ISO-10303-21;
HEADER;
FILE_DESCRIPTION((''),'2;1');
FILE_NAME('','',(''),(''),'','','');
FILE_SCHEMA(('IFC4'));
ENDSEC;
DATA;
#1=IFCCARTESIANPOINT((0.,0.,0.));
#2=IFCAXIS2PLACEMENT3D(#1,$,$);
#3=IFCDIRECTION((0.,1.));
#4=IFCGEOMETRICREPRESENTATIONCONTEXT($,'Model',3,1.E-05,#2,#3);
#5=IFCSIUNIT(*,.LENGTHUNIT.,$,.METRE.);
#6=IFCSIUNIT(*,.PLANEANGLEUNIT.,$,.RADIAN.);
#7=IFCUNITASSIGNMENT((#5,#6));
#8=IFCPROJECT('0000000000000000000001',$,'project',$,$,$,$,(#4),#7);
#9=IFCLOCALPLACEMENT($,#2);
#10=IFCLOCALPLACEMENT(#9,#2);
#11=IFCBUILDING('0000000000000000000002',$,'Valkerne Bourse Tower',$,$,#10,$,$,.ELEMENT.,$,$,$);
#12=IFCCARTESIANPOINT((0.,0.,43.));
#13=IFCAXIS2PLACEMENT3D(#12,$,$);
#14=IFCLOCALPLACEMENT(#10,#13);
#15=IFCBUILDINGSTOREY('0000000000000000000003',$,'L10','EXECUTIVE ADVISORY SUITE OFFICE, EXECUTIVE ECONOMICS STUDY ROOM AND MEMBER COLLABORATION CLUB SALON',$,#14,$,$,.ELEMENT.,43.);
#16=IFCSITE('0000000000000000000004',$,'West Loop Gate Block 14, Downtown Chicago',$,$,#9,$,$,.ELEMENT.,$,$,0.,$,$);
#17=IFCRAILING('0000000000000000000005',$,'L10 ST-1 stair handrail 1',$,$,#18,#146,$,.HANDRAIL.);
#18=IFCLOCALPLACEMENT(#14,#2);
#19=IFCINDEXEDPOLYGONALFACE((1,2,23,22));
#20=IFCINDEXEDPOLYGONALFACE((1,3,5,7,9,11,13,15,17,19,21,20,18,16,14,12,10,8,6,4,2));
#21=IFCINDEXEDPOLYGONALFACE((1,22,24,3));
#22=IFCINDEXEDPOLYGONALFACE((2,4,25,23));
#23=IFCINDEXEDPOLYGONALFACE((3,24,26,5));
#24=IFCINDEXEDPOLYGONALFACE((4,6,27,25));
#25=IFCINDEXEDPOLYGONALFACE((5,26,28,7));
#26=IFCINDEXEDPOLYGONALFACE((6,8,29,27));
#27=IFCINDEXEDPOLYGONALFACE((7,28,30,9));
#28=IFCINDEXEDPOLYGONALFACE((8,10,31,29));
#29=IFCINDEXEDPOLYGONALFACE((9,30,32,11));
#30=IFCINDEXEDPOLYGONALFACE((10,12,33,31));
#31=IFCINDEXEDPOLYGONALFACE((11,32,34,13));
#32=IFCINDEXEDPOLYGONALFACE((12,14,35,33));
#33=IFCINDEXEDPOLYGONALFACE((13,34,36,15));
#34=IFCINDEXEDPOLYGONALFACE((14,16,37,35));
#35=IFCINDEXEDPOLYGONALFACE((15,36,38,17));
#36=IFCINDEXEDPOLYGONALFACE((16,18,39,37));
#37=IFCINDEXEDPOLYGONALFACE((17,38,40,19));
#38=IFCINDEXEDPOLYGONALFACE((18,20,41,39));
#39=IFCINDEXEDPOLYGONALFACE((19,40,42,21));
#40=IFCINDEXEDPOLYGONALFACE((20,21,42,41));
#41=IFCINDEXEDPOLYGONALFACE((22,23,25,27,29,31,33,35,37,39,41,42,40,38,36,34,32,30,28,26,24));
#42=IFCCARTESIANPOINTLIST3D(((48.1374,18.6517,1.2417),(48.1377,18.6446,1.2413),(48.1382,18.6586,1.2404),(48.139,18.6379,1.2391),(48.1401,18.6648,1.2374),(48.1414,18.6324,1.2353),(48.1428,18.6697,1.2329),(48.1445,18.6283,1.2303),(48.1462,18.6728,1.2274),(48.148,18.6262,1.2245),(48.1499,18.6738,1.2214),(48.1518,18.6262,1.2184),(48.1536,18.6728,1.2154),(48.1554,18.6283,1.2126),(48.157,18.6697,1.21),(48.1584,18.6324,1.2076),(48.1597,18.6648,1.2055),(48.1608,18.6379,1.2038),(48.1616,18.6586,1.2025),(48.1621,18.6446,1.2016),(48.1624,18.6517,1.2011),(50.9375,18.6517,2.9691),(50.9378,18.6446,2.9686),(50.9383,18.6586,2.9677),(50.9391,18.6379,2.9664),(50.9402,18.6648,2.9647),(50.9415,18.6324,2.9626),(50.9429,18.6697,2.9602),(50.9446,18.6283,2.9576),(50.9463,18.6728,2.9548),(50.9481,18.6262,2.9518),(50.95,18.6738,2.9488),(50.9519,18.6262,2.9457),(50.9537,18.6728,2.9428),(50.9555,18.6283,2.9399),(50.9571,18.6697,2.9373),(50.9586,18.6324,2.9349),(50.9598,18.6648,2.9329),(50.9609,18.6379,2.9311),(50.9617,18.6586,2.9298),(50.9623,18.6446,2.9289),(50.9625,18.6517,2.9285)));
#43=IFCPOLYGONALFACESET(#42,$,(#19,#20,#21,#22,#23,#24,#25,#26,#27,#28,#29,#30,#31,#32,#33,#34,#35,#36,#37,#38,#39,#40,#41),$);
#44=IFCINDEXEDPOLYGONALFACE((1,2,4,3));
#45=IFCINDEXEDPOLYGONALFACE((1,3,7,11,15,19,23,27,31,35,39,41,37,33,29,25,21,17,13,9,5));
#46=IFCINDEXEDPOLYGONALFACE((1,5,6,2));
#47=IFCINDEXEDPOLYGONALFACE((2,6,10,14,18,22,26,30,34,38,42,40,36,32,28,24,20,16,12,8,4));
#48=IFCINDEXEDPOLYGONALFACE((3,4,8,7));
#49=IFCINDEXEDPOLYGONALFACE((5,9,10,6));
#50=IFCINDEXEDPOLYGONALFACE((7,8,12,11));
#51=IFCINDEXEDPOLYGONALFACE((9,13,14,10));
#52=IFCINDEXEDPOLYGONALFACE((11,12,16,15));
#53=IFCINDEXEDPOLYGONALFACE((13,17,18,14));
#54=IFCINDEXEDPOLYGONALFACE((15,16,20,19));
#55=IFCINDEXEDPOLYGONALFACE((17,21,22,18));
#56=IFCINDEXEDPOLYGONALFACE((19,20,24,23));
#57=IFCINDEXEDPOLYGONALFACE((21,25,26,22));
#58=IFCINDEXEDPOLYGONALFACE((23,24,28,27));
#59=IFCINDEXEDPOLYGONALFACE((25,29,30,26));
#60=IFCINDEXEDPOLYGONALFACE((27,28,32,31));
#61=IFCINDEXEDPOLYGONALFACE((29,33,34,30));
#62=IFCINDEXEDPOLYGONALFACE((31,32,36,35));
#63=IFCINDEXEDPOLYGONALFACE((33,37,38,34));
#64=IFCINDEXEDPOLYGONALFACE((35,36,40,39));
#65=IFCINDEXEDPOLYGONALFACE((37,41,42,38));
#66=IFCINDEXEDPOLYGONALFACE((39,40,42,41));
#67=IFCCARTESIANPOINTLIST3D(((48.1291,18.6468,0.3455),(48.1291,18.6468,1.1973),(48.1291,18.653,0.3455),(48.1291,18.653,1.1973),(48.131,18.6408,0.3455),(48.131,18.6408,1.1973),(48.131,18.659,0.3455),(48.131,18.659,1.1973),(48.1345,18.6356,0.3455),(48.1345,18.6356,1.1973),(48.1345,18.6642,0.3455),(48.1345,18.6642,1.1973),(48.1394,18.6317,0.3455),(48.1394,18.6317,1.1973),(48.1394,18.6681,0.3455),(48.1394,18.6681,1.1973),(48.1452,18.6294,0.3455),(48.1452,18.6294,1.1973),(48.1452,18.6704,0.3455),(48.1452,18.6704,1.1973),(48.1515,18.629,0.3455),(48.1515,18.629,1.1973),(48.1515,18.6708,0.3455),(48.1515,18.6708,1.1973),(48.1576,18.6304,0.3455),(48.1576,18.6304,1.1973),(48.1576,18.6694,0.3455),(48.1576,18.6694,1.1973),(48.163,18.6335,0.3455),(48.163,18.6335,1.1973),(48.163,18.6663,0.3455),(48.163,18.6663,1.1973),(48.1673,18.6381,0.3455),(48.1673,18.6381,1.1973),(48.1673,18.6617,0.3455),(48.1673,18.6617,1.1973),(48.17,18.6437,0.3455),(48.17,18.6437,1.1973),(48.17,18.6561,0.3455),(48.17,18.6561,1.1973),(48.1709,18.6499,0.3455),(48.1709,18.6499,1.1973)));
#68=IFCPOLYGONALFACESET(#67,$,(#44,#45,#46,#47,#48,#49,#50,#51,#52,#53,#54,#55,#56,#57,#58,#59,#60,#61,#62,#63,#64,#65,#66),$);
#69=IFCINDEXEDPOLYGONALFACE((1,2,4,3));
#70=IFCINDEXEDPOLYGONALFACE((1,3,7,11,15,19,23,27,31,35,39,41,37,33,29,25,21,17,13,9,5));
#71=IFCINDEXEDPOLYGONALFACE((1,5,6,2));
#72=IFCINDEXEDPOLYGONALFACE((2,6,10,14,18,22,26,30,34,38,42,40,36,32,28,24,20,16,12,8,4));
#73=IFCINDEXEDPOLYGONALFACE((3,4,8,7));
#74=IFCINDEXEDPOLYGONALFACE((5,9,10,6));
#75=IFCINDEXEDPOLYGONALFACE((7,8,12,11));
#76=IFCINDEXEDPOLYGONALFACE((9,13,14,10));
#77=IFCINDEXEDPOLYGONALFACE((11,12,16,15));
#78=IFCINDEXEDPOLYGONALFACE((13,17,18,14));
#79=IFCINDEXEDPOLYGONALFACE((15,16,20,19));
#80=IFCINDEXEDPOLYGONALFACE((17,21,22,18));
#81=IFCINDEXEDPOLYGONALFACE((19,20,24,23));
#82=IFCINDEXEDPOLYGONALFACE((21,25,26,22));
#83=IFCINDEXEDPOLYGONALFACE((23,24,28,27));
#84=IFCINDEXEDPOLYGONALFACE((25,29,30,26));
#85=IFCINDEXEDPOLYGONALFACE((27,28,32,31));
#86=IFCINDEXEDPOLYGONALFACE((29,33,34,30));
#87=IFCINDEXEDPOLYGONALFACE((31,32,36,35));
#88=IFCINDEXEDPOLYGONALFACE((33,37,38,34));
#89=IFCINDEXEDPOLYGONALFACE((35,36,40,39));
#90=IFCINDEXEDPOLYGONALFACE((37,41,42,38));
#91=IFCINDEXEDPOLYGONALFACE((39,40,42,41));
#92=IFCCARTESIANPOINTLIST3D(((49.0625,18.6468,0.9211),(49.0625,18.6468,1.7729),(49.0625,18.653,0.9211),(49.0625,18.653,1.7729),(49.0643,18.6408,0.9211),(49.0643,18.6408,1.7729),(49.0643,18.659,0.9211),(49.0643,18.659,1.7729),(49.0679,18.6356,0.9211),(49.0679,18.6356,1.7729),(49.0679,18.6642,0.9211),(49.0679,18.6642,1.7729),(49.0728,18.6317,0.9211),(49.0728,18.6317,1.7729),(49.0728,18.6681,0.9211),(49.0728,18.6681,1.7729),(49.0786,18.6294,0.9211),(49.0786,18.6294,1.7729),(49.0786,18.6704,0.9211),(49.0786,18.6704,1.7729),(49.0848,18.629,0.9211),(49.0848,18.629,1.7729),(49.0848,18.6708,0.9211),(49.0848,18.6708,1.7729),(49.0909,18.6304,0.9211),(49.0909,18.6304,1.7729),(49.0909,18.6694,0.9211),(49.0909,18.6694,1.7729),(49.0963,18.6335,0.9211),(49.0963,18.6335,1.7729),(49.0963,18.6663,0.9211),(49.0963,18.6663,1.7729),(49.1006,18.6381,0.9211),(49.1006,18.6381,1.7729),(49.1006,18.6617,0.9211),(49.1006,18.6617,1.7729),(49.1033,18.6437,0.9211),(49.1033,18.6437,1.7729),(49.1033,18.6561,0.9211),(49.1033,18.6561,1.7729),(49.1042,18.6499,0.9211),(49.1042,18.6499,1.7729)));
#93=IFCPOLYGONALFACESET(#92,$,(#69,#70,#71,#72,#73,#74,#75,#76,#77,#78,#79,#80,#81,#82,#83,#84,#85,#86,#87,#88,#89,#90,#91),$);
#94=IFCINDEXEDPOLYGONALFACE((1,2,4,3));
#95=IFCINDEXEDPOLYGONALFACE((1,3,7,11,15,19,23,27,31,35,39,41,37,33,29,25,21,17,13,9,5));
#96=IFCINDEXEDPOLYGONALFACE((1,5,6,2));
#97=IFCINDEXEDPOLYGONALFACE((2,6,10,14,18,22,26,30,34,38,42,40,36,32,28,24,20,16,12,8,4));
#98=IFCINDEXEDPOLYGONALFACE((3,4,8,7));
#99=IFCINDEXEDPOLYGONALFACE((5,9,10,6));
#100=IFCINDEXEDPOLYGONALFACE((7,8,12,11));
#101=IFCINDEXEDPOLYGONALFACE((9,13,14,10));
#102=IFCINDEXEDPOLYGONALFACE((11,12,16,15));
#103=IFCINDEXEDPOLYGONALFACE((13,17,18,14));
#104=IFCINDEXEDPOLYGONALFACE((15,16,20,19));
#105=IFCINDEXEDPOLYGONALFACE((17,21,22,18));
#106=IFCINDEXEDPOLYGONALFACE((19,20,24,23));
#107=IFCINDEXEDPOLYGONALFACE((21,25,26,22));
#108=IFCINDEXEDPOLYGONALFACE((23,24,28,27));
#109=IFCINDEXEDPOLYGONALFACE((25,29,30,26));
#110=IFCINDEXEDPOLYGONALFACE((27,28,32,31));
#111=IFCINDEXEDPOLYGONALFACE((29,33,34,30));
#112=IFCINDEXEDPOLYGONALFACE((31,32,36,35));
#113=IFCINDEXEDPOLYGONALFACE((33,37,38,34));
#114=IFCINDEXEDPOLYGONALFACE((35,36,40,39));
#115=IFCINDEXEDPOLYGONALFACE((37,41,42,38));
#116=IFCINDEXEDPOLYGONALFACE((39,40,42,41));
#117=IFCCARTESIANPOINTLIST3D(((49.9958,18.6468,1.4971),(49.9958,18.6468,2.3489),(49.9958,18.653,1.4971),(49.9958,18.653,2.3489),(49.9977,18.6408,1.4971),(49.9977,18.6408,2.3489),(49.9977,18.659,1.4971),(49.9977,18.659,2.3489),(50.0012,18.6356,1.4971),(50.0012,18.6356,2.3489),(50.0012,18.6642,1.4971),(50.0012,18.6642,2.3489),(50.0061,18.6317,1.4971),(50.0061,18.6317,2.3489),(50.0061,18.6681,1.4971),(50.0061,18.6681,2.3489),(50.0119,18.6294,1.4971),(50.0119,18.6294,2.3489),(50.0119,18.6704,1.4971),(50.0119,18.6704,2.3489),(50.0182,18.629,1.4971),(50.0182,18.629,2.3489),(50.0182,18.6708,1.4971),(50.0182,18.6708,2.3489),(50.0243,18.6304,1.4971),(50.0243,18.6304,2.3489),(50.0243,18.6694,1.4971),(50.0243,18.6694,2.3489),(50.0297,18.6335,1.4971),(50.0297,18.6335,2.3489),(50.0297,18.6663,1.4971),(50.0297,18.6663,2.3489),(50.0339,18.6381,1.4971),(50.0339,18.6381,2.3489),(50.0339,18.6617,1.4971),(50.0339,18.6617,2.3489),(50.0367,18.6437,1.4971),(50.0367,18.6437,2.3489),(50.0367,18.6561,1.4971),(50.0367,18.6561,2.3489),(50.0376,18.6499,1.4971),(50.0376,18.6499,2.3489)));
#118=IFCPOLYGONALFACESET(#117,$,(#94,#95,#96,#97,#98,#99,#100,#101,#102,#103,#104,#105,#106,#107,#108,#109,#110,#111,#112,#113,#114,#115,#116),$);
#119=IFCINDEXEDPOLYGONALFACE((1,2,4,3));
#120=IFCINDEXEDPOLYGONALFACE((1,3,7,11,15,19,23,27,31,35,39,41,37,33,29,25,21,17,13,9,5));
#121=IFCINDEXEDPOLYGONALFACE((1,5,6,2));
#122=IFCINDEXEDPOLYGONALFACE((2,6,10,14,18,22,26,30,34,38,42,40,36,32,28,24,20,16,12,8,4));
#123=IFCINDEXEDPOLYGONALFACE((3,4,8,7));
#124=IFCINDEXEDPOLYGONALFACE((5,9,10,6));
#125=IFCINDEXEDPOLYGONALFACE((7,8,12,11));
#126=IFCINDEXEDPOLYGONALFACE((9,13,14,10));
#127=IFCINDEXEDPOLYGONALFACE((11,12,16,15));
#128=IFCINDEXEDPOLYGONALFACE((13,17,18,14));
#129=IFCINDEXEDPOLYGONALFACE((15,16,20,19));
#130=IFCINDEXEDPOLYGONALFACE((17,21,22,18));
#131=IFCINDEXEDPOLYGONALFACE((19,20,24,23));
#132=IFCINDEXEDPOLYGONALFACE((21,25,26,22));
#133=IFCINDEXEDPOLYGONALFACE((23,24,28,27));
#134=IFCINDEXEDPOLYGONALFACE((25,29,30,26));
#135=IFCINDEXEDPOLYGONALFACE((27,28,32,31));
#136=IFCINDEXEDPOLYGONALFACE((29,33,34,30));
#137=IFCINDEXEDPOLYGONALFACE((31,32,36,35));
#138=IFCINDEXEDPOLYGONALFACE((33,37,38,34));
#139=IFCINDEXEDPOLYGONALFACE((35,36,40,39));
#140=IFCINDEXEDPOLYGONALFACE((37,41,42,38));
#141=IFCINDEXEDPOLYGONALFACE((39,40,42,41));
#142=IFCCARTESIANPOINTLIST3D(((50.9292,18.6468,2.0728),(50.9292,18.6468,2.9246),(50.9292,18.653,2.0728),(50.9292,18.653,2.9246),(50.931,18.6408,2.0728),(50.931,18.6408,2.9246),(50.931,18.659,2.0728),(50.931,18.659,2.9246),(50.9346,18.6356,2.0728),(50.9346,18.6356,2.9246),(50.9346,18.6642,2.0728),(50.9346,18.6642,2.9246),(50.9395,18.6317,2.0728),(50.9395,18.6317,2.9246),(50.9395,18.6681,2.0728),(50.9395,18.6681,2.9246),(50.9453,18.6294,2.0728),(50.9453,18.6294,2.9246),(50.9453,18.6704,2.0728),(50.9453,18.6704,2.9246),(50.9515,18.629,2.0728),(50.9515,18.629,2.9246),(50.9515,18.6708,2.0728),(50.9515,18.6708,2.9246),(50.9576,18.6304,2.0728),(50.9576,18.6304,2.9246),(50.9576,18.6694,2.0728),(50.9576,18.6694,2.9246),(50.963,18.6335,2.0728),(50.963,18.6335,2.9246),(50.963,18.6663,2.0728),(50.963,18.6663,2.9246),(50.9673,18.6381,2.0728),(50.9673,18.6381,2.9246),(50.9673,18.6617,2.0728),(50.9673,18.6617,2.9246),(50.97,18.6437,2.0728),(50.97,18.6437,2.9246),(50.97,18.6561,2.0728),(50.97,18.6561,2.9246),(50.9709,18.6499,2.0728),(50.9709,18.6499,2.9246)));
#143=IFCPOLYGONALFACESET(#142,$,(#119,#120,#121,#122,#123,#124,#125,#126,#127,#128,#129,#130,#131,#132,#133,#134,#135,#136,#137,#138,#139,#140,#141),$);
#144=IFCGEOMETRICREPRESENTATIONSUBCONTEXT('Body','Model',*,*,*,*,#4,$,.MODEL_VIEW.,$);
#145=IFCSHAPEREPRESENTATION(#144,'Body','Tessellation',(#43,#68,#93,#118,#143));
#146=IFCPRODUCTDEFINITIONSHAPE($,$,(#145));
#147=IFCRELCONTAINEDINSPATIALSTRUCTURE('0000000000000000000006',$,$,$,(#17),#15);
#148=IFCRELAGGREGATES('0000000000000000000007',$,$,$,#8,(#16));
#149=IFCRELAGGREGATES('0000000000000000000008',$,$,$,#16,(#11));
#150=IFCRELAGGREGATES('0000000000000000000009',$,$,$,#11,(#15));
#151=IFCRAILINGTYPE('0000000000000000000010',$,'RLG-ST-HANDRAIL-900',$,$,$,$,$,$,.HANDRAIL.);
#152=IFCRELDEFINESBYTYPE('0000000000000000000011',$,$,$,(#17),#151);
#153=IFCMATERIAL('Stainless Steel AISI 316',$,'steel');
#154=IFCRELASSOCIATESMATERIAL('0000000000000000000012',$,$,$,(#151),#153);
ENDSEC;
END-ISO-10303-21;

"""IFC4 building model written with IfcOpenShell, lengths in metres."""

from ifc_helpers import new_model, si_unit, direction, frame, origin, origin_2d, place, context, subcontext, project, spatial, circle, extrude, material, type_object, element, save


model = new_model("IFC4")

# Units and contexts
model_context = context("Model", 3, precision=1e-05, world=origin(), true_north=direction((0.0, 1.0)))
body_context = subcontext(model_context, "Body", "Model", "MODEL_VIEW")
ifc_project = project(units=[si_unit("LENGTHUNIT", "METRE"), si_unit("PLANEANGLEUNIT", "RADIAN")], contexts=[model_context])

# Site, building, storey
site_placement = place(None, origin())
site = spatial("IfcSite", under=ifc_project, at=site_placement, Name="West Loop Gate Block 14, Downtown Chicago", CompositionType="ELEMENT", RefElevation=0.0)
building_placement = place(site_placement, origin())
building = spatial("IfcBuilding", under=site, at=building_placement, Name="Valkerne Bourse Tower", CompositionType="ELEMENT")
storey_placement = place(building_placement, frame((0.0, 0.0, 43.0)))
storey = spatial("IfcBuildingStorey", under=building, at=storey_placement, Name="L10", Description="EXECUTIVE ADVISORY SUITE OFFICE, EXECUTIVE ECONOMICS STUDY ROOM AND MEMBER COLLABORATION CLUB SALON", CompositionType="ELEMENT", Elevation=43.0)

# Shared definitions
ifc_material_1 = material(Name="Stainless Steel AISI 316", Category="steel")

# Railing
railing_type_1 = type_object("IfcRailingType", Name="RLG-ST-HANDRAIL-900", PredefinedType="HANDRAIL", material=ifc_material_1)
railing_1_placement = place(storey_placement, frame((48.1499, 18.6499, 0.3455)))
element("IfcRailing", 1, at=railing_1_placement, inside=storey, type_object=railing_type_1, Name="L10 ST-1 stair handrail 1", PredefinedType="HANDRAIL", context=body_context, shape_type="SweptSolid", body=[
    extrude(circle(Radius=0.0239, at=origin_2d()), frame((0.0, 0.0, 0.876), z_axis=(0.85109, 0.0, 0.52502), x_axis=(0.0, 1.0, 0.0)), (0.0, 0.0, 1.0), 3.29),
    extrude(circle(Radius=0.021, at=origin_2d()), origin(), (0.0, 0.0, 1.0), 0.8518),
    extrude(circle(Radius=0.021, at=origin_2d()), frame((0.9333, 0.0, 0.5757)), (0.0, 0.0, 1.0), 0.8518),
    extrude(circle(Radius=0.021, at=origin_2d()), frame((1.8667, 0.0, 1.1516)), (0.0, 0.0, 1.0), 0.8518),
    extrude(circle(Radius=0.021, at=origin_2d()), frame((2.8, 0.0, 1.7273)), (0.0, 0.0, 1.0), 0.8518),
])

save(model, "model.ifc")
